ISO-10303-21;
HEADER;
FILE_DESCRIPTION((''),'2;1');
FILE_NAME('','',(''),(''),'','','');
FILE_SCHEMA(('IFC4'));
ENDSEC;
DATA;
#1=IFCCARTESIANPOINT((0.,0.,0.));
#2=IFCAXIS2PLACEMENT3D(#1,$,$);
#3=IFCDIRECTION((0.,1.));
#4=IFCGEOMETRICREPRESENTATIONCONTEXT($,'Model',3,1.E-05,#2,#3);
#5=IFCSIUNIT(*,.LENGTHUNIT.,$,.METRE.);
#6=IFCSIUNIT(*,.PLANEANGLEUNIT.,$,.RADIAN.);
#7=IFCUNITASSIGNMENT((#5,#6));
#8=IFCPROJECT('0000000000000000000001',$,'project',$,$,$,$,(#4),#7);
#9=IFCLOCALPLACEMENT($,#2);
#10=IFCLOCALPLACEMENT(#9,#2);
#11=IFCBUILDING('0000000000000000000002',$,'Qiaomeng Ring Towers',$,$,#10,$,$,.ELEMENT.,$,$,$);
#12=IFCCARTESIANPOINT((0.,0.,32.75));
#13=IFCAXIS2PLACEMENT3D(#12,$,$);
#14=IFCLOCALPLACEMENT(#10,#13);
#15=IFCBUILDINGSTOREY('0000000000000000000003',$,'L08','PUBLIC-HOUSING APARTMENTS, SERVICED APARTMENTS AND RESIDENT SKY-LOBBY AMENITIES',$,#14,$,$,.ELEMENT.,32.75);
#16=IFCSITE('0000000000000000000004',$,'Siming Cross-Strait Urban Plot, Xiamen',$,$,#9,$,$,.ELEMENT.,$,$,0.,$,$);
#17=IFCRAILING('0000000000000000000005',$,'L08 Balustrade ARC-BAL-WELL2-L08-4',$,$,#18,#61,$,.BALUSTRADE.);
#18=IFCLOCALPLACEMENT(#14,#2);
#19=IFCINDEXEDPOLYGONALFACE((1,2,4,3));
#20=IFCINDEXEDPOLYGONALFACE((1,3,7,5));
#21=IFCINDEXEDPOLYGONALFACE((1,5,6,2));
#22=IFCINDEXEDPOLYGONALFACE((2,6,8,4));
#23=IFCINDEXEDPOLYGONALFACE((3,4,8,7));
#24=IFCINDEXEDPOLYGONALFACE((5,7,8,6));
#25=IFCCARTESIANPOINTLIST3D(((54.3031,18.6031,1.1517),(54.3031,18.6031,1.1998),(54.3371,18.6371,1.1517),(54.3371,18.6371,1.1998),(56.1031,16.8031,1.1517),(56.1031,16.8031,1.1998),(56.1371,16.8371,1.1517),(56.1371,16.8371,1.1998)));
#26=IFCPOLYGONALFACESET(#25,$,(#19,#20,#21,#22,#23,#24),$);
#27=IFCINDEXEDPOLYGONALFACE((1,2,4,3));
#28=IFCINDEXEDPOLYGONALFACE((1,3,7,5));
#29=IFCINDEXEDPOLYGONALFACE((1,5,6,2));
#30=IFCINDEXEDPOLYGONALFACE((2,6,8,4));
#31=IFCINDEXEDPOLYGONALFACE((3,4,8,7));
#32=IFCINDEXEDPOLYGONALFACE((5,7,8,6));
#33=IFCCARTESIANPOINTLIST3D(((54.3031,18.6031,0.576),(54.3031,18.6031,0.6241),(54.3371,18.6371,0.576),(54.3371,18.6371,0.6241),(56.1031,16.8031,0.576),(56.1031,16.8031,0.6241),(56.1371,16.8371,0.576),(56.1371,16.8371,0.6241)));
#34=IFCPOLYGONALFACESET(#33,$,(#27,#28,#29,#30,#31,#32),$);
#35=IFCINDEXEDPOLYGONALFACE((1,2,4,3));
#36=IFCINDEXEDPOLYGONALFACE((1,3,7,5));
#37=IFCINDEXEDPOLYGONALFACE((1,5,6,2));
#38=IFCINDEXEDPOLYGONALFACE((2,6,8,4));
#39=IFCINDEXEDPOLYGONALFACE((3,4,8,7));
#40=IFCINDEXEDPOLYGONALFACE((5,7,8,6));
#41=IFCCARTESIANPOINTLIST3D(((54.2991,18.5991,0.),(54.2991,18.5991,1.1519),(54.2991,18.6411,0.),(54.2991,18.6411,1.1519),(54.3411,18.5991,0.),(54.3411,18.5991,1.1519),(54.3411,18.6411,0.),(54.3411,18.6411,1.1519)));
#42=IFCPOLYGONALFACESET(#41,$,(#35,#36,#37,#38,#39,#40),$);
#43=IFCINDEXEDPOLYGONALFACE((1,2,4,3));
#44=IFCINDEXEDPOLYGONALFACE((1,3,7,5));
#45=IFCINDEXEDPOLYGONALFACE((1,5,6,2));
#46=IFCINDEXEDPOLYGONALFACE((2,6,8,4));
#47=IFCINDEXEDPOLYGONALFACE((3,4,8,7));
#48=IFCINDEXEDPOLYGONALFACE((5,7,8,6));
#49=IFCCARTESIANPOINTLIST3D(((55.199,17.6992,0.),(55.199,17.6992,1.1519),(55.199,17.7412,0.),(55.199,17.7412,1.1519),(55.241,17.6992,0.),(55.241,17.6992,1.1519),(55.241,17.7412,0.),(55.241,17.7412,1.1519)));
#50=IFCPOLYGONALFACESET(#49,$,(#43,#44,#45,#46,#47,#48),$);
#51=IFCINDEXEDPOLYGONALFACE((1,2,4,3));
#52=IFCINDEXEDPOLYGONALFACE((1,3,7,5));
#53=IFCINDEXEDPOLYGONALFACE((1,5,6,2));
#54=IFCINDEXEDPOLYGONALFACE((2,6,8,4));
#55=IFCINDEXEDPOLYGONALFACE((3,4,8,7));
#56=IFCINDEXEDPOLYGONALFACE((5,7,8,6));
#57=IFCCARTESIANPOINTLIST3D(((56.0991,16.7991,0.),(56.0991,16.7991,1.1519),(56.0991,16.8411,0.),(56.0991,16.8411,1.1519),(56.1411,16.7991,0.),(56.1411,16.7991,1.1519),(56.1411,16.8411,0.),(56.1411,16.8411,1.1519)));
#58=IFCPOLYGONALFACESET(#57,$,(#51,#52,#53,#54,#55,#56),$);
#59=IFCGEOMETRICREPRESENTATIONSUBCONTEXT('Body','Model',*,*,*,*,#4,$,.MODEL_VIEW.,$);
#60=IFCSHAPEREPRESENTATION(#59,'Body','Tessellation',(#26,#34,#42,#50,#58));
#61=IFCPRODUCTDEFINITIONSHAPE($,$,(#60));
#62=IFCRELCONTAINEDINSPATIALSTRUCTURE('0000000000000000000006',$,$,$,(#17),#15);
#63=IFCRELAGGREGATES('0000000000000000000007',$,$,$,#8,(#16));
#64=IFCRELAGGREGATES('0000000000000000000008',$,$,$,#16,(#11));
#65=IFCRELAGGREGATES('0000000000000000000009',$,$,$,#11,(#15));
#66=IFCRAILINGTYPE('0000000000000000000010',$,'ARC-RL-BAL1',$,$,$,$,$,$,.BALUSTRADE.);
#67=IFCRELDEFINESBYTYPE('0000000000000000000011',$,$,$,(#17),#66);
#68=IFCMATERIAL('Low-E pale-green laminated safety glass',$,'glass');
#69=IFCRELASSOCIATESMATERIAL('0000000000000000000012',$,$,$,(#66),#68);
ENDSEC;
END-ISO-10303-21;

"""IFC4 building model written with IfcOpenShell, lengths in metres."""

from ifc_helpers import new_model, si_unit, direction, frame, origin, origin_2d, place, context, subcontext, project, spatial, rectangle, extrude, material, type_object, element, save


model = new_model("IFC4")

# Units and contexts
model_context = context("Model", 3, precision=1e-05, world=origin(), true_north=direction((0.0, 1.0)))
body_context = subcontext(model_context, "Body", "Model", "MODEL_VIEW")
ifc_project = project(units=[si_unit("LENGTHUNIT", "METRE"), si_unit("PLANEANGLEUNIT", "RADIAN")], contexts=[model_context])

# Site, building, storey
site_placement = place(None, origin())
site = spatial("IfcSite", under=ifc_project, at=site_placement, Name="Siming Cross-Strait Urban Plot, Xiamen", CompositionType="ELEMENT", RefElevation=0.0)
building_placement = place(site_placement, origin())
building = spatial("IfcBuilding", under=site, at=building_placement, Name="Qiaomeng Ring Towers", CompositionType="ELEMENT")
storey_placement = place(building_placement, frame((0.0, 0.0, 32.75)))
storey = spatial("IfcBuildingStorey", under=building, at=storey_placement, Name="L08", Description="PUBLIC-HOUSING APARTMENTS, SERVICED APARTMENTS AND RESIDENT SKY-LOBBY AMENITIES", CompositionType="ELEMENT", Elevation=32.75)

# Railing
ifc_material_1 = material(Name="Low-E pale-green laminated safety glass", Category="glass")
railing_type = type_object("IfcRailingType", Name="ARC-RL-BAL1", PredefinedType="BALUSTRADE", material=ifc_material_1)
railing_placement = place(storey_placement, frame((54.3201, 18.6201, 0.0)))
element("IfcRailing", 1, at=railing_placement, inside=storey, type_object=railing_type, Name="L08 Balustrade ARC-BAL-WELL2-L08-4", PredefinedType="BALUSTRADE", context=body_context, shape_type="SweptSolid", body=[
    extrude(rectangle(XDim=0.0481, YDim=0.0481, at=origin_2d()), frame((0.0, 0.0, 1.1758), z_axis=(0.707107, -0.707107, 0.0), x_axis=(0.707107, 0.707107, 0.0)), (0.0, 0.0, 1.0), 2.5457),
    extrude(rectangle(XDim=0.0481, YDim=0.0481, at=origin_2d()), frame((0.0, 0.0, 0.6001), z_axis=(0.707107, -0.707107, 0.0), x_axis=(0.707107, 0.707107, 0.0)), (0.0, 0.0, 1.0), 2.5457),
    extrude(rectangle(XDim=0.042, YDim=0.042, at=origin_2d()), origin(), (0.0, 0.0, 1.0), 1.1519),
    extrude(rectangle(XDim=0.042, YDim=0.042, at=origin_2d()), frame((0.8999, -0.8999, 0.0)), (0.0, 0.0, 1.0), 1.1519),
    extrude(rectangle(XDim=0.042, YDim=0.042, at=origin_2d()), frame((1.8, -1.8, 0.0)), (0.0, 0.0, 1.0), 1.1519),
])

save(model, "model.ifc")
